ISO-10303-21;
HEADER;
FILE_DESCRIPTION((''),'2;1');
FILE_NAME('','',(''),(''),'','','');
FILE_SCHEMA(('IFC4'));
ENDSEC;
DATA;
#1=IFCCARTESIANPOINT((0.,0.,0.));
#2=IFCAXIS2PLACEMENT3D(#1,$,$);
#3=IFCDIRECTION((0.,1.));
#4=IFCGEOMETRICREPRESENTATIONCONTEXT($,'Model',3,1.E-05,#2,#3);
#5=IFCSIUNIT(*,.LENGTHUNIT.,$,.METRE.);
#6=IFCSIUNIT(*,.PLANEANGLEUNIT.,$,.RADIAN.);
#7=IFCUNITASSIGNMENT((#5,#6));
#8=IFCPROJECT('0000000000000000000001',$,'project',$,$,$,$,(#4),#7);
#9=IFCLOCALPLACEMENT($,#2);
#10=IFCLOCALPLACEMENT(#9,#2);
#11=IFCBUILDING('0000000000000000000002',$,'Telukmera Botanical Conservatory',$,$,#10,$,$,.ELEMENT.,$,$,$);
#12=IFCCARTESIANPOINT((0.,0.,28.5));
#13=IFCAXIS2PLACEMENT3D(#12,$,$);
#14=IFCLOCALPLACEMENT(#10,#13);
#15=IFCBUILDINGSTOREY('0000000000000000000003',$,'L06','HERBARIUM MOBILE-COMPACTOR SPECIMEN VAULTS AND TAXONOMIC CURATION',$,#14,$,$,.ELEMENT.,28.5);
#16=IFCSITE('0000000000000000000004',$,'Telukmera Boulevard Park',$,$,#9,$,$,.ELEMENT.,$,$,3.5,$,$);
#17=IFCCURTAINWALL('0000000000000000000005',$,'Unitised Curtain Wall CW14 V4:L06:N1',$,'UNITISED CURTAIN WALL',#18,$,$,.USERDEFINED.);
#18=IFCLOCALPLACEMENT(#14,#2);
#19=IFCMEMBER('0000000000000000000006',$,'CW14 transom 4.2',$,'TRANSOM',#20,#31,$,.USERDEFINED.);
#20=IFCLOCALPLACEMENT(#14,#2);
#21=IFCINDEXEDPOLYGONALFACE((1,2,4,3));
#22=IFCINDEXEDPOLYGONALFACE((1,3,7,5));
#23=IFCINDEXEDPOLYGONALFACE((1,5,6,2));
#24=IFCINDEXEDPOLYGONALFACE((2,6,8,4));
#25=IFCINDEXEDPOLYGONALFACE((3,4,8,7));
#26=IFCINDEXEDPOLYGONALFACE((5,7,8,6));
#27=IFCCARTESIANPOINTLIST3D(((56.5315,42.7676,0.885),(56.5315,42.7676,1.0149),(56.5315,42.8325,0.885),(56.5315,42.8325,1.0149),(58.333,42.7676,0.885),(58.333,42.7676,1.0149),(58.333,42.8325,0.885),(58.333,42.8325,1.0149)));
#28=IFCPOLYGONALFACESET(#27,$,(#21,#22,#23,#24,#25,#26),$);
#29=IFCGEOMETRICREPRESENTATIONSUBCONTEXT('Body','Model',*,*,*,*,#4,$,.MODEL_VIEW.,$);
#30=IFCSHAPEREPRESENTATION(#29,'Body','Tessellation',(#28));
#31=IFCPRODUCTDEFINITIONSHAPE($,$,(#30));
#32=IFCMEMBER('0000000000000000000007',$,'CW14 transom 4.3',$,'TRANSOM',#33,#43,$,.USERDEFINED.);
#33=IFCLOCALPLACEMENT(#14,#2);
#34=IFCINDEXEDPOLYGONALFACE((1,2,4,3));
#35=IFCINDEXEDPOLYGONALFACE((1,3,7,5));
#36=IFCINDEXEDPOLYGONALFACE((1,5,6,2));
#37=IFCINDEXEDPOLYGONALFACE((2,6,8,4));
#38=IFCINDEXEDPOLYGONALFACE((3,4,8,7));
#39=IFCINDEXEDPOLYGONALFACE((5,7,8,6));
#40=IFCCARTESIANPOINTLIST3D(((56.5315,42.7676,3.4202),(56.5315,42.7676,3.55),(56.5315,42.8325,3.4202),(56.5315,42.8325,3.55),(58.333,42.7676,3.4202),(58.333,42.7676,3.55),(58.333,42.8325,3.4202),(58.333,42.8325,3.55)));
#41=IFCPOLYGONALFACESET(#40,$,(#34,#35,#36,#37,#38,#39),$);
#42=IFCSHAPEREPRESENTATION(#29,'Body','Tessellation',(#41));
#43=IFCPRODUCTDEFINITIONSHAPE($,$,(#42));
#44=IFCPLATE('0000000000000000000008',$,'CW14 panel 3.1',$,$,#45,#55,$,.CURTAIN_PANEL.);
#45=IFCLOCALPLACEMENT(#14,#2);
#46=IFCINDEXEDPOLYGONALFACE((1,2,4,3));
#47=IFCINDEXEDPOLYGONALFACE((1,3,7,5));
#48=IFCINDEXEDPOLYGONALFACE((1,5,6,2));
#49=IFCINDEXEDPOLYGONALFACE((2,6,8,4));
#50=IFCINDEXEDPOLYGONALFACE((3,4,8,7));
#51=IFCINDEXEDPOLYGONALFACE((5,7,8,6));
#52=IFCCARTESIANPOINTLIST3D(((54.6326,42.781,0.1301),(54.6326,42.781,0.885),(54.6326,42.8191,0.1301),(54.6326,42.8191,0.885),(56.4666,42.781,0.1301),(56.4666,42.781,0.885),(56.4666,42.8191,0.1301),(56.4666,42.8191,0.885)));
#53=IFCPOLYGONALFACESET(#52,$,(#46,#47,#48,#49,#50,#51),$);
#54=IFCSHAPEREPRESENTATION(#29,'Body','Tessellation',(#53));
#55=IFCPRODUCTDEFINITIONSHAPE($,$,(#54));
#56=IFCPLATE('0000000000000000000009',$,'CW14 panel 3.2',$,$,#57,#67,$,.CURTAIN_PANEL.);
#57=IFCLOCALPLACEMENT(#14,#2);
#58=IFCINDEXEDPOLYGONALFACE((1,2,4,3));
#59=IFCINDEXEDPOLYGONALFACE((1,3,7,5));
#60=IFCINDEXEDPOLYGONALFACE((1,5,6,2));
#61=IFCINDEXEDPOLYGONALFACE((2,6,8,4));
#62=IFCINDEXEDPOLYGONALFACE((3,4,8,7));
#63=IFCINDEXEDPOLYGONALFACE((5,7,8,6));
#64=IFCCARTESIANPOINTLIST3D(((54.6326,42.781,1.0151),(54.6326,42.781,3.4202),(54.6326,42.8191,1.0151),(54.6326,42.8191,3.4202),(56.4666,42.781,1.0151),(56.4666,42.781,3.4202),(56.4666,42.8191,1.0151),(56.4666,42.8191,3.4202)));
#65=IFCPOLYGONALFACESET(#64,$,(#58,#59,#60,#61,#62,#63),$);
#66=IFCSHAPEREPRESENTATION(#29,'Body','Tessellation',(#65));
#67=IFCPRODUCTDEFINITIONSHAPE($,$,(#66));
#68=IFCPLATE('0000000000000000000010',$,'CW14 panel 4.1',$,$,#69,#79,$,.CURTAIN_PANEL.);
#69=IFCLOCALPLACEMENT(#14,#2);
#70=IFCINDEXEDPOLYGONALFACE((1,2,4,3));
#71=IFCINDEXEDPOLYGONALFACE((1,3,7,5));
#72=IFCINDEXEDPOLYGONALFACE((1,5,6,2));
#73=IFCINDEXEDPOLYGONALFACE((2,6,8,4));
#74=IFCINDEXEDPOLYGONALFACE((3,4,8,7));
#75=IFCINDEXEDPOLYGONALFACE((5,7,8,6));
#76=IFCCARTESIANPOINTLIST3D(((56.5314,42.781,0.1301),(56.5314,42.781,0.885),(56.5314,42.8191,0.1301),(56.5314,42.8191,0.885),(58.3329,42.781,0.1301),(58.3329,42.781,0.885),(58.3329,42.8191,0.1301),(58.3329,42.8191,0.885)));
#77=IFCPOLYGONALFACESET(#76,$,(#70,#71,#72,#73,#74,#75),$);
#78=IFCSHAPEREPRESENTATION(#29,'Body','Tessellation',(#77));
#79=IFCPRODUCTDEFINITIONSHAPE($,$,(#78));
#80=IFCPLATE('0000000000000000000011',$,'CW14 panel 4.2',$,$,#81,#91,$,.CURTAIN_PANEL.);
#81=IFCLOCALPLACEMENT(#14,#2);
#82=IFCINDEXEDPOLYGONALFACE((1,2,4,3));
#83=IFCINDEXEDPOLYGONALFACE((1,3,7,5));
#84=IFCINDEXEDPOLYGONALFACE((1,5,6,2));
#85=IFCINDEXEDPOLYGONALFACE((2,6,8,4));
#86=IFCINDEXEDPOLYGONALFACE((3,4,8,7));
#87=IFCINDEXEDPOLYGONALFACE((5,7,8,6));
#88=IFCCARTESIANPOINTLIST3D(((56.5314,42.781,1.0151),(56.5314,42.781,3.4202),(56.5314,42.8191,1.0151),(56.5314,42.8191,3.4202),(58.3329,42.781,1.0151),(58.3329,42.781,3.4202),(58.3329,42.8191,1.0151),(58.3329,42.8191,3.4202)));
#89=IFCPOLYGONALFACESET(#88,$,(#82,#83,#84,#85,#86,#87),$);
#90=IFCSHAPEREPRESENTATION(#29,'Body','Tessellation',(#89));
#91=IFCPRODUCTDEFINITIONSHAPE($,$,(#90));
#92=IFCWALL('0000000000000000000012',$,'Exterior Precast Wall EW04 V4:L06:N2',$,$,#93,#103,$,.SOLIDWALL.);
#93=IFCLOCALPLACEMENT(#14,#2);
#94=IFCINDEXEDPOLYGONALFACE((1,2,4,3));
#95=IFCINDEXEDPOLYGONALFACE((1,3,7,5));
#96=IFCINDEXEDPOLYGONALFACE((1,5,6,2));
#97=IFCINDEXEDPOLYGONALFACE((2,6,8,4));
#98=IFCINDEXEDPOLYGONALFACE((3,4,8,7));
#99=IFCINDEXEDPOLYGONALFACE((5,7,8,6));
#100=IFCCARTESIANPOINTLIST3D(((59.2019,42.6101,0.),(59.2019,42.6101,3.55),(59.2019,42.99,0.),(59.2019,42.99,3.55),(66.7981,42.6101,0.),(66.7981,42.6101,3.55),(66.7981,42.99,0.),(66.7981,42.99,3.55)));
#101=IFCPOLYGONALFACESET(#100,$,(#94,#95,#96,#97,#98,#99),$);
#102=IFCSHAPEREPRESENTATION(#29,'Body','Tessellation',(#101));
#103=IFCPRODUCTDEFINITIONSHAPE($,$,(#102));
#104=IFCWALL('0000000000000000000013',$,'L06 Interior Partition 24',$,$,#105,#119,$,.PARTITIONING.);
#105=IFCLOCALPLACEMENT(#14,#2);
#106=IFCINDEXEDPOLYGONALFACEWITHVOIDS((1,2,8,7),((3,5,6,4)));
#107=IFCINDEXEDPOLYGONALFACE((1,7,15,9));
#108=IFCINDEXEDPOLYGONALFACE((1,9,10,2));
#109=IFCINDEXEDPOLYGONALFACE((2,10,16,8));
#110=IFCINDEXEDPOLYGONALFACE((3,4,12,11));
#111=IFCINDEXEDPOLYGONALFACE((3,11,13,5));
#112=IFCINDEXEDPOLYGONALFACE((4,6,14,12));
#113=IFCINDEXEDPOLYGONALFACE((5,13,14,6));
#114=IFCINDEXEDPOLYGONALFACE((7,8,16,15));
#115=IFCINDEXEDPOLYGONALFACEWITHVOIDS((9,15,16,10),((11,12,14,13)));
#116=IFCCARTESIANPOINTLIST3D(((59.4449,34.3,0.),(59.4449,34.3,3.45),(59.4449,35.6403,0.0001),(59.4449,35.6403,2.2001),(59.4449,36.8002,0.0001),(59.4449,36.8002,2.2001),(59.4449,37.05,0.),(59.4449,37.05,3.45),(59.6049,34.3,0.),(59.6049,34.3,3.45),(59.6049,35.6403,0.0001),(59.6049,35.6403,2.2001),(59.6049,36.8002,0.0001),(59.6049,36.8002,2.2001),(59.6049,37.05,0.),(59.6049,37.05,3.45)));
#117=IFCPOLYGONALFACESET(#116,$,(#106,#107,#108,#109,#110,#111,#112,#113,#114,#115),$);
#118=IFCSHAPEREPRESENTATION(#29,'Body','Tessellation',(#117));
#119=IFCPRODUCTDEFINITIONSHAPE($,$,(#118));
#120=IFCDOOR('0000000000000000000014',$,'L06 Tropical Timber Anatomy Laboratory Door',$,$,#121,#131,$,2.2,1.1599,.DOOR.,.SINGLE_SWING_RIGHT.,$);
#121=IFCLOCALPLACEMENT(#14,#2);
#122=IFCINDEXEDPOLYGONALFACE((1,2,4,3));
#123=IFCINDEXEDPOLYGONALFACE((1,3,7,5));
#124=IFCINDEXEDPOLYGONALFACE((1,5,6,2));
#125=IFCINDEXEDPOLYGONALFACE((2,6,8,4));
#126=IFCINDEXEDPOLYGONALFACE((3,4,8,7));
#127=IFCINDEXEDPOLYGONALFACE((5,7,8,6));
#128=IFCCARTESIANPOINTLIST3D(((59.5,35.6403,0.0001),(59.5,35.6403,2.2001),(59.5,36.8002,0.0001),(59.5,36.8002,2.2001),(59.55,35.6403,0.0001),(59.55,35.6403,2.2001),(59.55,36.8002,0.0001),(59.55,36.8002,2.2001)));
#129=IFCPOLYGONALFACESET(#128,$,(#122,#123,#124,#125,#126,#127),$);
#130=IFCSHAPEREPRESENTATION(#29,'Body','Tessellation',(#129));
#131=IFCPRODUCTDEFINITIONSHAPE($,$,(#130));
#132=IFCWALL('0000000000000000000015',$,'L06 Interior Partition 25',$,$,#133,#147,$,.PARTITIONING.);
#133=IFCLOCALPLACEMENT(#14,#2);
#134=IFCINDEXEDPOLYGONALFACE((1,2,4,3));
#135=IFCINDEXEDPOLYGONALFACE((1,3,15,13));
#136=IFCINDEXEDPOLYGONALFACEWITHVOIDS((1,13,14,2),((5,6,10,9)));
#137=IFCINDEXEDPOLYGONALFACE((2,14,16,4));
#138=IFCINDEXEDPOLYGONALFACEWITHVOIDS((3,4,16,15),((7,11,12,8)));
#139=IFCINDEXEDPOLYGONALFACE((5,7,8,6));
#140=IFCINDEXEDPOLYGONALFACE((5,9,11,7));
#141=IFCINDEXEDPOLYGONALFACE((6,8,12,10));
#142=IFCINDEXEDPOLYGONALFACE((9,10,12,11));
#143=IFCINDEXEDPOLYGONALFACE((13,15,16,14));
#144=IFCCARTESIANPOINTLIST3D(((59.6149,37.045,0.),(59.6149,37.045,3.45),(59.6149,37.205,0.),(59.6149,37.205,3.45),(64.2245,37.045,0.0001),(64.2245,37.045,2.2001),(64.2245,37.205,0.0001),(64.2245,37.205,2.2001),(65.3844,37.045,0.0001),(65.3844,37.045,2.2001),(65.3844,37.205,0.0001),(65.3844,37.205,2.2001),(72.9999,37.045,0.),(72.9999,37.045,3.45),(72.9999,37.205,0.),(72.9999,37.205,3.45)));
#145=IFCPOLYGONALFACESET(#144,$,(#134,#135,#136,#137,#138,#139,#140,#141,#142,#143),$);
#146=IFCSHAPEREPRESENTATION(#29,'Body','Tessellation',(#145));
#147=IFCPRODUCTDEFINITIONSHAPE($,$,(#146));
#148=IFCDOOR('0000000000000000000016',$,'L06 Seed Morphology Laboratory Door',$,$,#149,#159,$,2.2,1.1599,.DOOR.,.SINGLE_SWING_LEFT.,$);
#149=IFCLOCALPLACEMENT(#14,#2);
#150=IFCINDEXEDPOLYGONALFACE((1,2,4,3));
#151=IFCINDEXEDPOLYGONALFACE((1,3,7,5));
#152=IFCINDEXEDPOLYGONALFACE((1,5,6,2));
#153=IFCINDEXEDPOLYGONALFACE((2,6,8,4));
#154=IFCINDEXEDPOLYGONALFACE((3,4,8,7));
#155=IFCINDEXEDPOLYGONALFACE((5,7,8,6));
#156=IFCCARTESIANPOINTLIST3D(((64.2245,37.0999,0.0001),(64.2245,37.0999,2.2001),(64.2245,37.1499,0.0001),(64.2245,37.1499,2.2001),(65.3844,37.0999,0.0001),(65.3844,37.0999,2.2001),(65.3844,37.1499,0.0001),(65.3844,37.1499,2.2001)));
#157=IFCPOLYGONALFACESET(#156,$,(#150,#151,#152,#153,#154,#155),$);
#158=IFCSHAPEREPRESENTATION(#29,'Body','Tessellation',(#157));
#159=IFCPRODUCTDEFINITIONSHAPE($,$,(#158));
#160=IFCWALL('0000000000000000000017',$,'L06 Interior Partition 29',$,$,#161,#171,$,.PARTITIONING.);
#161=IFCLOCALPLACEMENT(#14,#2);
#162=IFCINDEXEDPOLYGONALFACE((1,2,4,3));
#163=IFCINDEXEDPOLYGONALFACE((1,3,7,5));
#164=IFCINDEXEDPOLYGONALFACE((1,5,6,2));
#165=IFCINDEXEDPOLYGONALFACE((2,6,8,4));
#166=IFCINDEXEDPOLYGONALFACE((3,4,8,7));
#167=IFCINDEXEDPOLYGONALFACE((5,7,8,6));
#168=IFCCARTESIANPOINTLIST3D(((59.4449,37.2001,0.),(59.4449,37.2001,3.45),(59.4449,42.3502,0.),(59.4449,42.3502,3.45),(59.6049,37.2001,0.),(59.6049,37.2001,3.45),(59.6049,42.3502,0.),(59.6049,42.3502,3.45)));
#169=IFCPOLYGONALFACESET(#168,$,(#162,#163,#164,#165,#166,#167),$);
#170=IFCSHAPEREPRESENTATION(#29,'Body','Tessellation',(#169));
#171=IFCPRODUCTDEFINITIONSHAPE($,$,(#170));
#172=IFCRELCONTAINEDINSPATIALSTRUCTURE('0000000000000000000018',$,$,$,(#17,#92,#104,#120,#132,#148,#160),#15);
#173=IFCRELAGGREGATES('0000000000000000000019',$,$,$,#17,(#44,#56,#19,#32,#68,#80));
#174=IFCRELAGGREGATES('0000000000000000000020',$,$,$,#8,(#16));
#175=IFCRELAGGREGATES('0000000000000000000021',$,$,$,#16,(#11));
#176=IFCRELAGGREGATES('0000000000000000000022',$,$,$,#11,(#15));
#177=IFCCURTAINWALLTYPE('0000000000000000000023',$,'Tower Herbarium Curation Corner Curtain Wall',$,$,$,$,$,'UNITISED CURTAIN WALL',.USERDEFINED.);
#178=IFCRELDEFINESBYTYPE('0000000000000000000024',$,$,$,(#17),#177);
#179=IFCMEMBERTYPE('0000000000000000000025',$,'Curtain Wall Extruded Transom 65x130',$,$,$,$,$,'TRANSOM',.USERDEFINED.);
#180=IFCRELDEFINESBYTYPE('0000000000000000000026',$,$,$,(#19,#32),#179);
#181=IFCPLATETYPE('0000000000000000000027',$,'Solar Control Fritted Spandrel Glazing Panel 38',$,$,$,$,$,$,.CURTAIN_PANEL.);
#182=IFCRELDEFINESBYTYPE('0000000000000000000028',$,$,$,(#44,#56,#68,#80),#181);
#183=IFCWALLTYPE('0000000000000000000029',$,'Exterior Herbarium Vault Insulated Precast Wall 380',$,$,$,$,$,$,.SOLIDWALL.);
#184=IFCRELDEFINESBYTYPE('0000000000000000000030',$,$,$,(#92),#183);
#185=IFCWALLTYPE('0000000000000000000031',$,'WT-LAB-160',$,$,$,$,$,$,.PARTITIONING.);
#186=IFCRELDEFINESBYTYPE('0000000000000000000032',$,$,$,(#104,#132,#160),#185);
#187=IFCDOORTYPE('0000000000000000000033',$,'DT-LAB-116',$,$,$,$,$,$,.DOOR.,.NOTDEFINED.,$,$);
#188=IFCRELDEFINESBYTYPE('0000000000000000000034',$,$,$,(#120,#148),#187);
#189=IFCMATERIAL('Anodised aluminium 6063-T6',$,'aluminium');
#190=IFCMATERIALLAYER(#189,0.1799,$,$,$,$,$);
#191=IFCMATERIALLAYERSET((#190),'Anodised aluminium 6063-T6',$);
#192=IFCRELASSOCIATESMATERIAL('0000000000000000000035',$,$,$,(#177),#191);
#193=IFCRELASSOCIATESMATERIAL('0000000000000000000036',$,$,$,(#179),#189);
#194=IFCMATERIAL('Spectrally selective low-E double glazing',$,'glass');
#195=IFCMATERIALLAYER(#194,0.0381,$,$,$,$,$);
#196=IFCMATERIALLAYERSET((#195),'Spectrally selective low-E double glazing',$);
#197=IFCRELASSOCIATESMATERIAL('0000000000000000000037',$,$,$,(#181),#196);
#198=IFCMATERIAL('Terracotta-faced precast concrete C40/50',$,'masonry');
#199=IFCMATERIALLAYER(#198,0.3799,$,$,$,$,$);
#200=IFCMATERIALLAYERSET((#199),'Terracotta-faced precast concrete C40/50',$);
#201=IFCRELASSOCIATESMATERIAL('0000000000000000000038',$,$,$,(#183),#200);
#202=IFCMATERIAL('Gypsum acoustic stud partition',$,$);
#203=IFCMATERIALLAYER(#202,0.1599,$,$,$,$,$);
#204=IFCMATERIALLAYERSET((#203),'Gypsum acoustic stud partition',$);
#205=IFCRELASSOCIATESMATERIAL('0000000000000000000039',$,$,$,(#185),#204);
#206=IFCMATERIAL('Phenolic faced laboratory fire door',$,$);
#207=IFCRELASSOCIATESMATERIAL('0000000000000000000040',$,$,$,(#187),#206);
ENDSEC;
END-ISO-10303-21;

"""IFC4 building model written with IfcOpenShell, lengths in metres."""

from ifc_helpers import new_model, si_unit, direction, frame, frame_2d, origin, origin_2d, place, context, subcontext, project, spatial, rectangle, extrude, material, layer, layer_set, material_profile, profile_set, type_object, element, fill, aggregate, save


model = new_model("IFC4")

# Units and contexts
model_context = context("Model", 3, precision=1e-05, world=origin(), true_north=direction((0.0, 1.0)))
body_context = subcontext(model_context, "Body", "Model", "MODEL_VIEW")
ifc_project = project(units=[si_unit("LENGTHUNIT", "METRE"), si_unit("PLANEANGLEUNIT", "RADIAN")], contexts=[model_context])

# Site, building, storey
site_placement = place(None, origin())
site = spatial("IfcSite", under=ifc_project, at=site_placement, Name="Telukmera Boulevard Park", CompositionType="ELEMENT", RefElevation=3.5)
building_placement = place(site_placement, origin())
building = spatial("IfcBuilding", under=site, at=building_placement, Name="Telukmera Botanical Conservatory", CompositionType="ELEMENT")
storey_placement = place(building_placement, frame((0.0, 0.0, 28.5)))
storey = spatial("IfcBuildingStorey", under=building, at=storey_placement, Name="L06", Description="HERBARIUM MOBILE-COMPACTOR SPECIMEN VAULTS AND TAXONOMIC CURATION", CompositionType="ELEMENT", Elevation=28.5)

# Curtain wall, members, plates
ifc_material_1 = material(Name="Anodised aluminium 6063-T6", Category="aluminium")
ifc_layer_1 = layer(ifc_material_1, 0.1799)
ifc_layer_set_1 = layer_set([ifc_layer_1], Name="Anodised aluminium 6063-T6")
curtain_wall_type = type_object("IfcCurtainWallType", Name="Tower Herbarium Curation Corner Curtain Wall", ElementType="UNITISED CURTAIN WALL", PredefinedType="USERDEFINED", material=ifc_layer_set_1)
curtain_wall_placement = place(storey_placement, origin())
curtain_wall = element("IfcCurtainWall", 1, at=curtain_wall_placement, inside=storey, type_object=curtain_wall_type, Name="Unitised Curtain Wall CW14 V4:L06:N1", ObjectType="UNITISED CURTAIN WALL", PredefinedType="USERDEFINED")
ifc_material_profile_1 = material_profile(ifc_material_1, rectangle(XDim=0.0649, YDim=0.1299, at=origin_2d()), Name="ALU TRAN 65x130")
ifc_profile_set_1 = profile_set([ifc_material_profile_1], Name="Anodised aluminium 6063-T6")
member_type_1 = type_object("IfcMemberType", Name="Curtain Wall Extruded Transom 65x130", ElementType="TRANSOM", PredefinedType="USERDEFINED", material=ifc_profile_set_1)
member_1_placement = place(storey_placement, frame((56.5315, 42.8, 0.95), z_axis=(1.0, 0.0, 0.0), x_axis=(0.0, 1.0, 0.0)))
member_1 = element("IfcMember", 2, at=member_1_placement, type_object=member_type_1, Name="CW14 transom 4.2", ObjectType="TRANSOM", PredefinedType="USERDEFINED", context=body_context, shape_type="SweptSolid", body=[
    extrude(rectangle(XDim=0.0649, YDim=0.1299, at=origin_2d()), origin(), (0.0, 0.0, 1.0), 1.8015),
])
member_2_placement = place(storey_placement, frame((56.5315, 42.8, 3.4851), z_axis=(1.0, 0.0, 0.0), x_axis=(0.0, 1.0, 0.0)))
member_2 = element("IfcMember", 3, at=member_2_placement, type_object=member_type_1, Name="CW14 transom 4.3", ObjectType="TRANSOM", PredefinedType="USERDEFINED", context=body_context, shape_type="SweptSolid", body=[
    extrude(rectangle(XDim=0.0649, YDim=0.1299, at=origin_2d()), origin(), (0.0, 0.0, 1.0), 1.8015),
])
ifc_material_2 = material(Name="Spectrally selective low-E double glazing", Category="glass")
ifc_layer_2 = layer(ifc_material_2, 0.0381)
ifc_layer_set_2 = layer_set([ifc_layer_2], Name="Spectrally selective low-E double glazing")
plate_type = type_object("IfcPlateType", Name="Solar Control Fritted Spandrel Glazing Panel 38", PredefinedType="CURTAIN_PANEL", material=ifc_layer_set_2)
plate_1_placement = place(storey_placement, frame((55.5496, 42.8, 0.1301), z_axis=(0.0, 0.0, 1.0), x_axis=(1.0, 0.0, 0.0)))
plate_1 = element("IfcPlate", 4, at=plate_1_placement, type_object=plate_type, Name="CW14 panel 3.1", PredefinedType="CURTAIN_PANEL", context=body_context, shape_type="SweptSolid", body=[
    extrude(rectangle(XDim=1.834, YDim=0.0381, at=origin_2d()), origin(), (0.0, 0.0, 1.0), 0.7549),
])
plate_2_placement = place(storey_placement, frame((55.5496, 42.8, 1.0151), z_axis=(0.0, 0.0, 1.0), x_axis=(1.0, 0.0, 0.0)))
plate_2 = element("IfcPlate", 5, at=plate_2_placement, type_object=plate_type, Name="CW14 panel 3.2", PredefinedType="CURTAIN_PANEL", context=body_context, shape_type="SweptSolid", body=[
    extrude(rectangle(XDim=1.834, YDim=0.0381, at=origin_2d()), origin(), (0.0, 0.0, 1.0), 2.405),
])
plate_3_placement = place(storey_placement, frame((57.4321, 42.8, 0.1301), z_axis=(0.0, 0.0, 1.0), x_axis=(1.0, 0.0, 0.0)))
plate_3 = element("IfcPlate", 6, at=plate_3_placement, type_object=plate_type, Name="CW14 panel 4.1", PredefinedType="CURTAIN_PANEL", context=body_context, shape_type="SweptSolid", body=[
    extrude(rectangle(XDim=1.8015, YDim=0.0381, at=origin_2d()), origin(), (0.0, 0.0, 1.0), 0.7549),
])
plate_4_placement = place(storey_placement, frame((57.4321, 42.8, 1.0151), z_axis=(0.0, 0.0, 1.0), x_axis=(1.0, 0.0, 0.0)))
plate_4 = element("IfcPlate", 7, at=plate_4_placement, type_object=plate_type, Name="CW14 panel 4.2", PredefinedType="CURTAIN_PANEL", context=body_context, shape_type="SweptSolid", body=[
    extrude(rectangle(XDim=1.8015, YDim=0.0381, at=origin_2d()), origin(), (0.0, 0.0, 1.0), 2.405),
])
aggregate(curtain_wall, [plate_1, plate_2, member_1, member_2, plate_3, plate_4])

# Wall
ifc_material_3 = material(Name="Terracotta-faced precast concrete C40/50", Category="masonry")
ifc_layer_3 = layer(ifc_material_3, 0.3799)
ifc_layer_set_3 = layer_set([ifc_layer_3], Name="Terracotta-faced precast concrete C40/50")
wall_type_1 = type_object("IfcWallType", Name="Exterior Herbarium Vault Insulated Precast Wall 380", PredefinedType="SOLIDWALL", material=ifc_layer_set_3)
wall_1_placement = place(storey_placement, frame((59.2019, 42.8, 0.0), z_axis=(0.0, 0.0, 1.0), x_axis=(1.0, 0.0, 0.0)))
element("IfcWall", 8, at=wall_1_placement, inside=storey, type_object=wall_type_1, Name="Exterior Precast Wall EW04 V4:L06:N2", PredefinedType="SOLIDWALL", context=body_context, shape_type="SweptSolid", body=[
    extrude(rectangle(XDim=7.5962, YDim=0.3799, at=frame_2d((3.7981, 0.0))), origin(), (0.0, 0.0, 1.0), 3.55),
])

# Walls, openings, doors
ifc_material_4 = material(Name="Gypsum acoustic stud partition")
ifc_layer_4 = layer(ifc_material_4, 0.1599)
ifc_layer_set_4 = layer_set([ifc_layer_4], Name="Gypsum acoustic stud partition")
wall_type_2 = type_object("IfcWallType", Name="WT-LAB-160", PredefinedType="PARTITIONING", material=ifc_layer_set_4)
wall_2_placement = place(storey_placement, frame((59.5249, 34.3, 0.0), z_axis=(0.0, 0.0, 1.0), x_axis=(0.0, 1.0, 0.0)))
wall_2 = element("IfcWall", 9, at=wall_2_placement, inside=storey, type_object=wall_type_2, Name="L06 Interior Partition 24", PredefinedType="PARTITIONING", context=body_context, shape_type="SweptSolid", body=[
    extrude(rectangle(XDim=2.75, YDim=0.1599, at=frame_2d((1.375, 0.0))), origin(), (0.0, 0.0, 1.0), 3.45),
])
opening_1_placement = place(wall_2_placement, frame((1.3401, 0.0, 0.0)))
opening_1 = element("IfcOpeningElement", 10, at=opening_1_placement, cuts=wall_2, PredefinedType="OPENING", context=body_context, shape_type="SweptSolid", body=[
    extrude(rectangle(XDim=1.1599, YDim=2.2, at=frame_2d((0.5801, 1.1001))), frame((0.0, 0.0898, 0.0), z_axis=(0.0, -1.0, 0.0), x_axis=(1.0, 0.0, 0.0)), (0.0, 0.0, 1.0), 0.1799),
])
ifc_material_5 = material(Name="Phenolic faced laboratory fire door")
door_type = type_object("IfcDoorType", Name="DT-LAB-116", OperationType="NOTDEFINED", PredefinedType="DOOR", material=ifc_material_5)
door_1_placement = place(opening_1_placement, origin())
door_1 = element("IfcDoor", 11, at=door_1_placement, inside=storey, type_object=door_type, Name="L06 Tropical Timber Anatomy Laboratory Door", OperationType="SINGLE_SWING_RIGHT", OverallHeight=2.2, OverallWidth=1.1599, PredefinedType="DOOR", context=body_context, shape_type="SweptSolid", body=[
    extrude(rectangle(XDim=1.1599, YDim=2.2, at=frame_2d((0.5801, 1.1001))), frame((0.0, 0.0249, 0.0), z_axis=(0.0, -1.0, 0.0), x_axis=(1.0, 0.0, 0.0)), (0.0, 0.0, 1.0), 0.05),
])
fill(opening_1, door_1)
wall_3_placement = place(storey_placement, frame((59.615, 37.125, 0.0), z_axis=(0.0, 0.0, 1.0), x_axis=(1.0, 0.0, 0.0)))
wall_3 = element("IfcWall", 12, at=wall_3_placement, inside=storey, type_object=wall_type_2, Name="L06 Interior Partition 25", PredefinedType="PARTITIONING", context=body_context, shape_type="SweptSolid", body=[
    extrude(rectangle(XDim=13.385, YDim=0.1599, at=frame_2d((6.6924, 0.0))), origin(), (0.0, 0.0, 1.0), 3.45),
])
opening_2_placement = place(wall_3_placement, frame((4.6094, 0.0, 0.0)))
opening_2 = element("IfcOpeningElement", 13, at=opening_2_placement, cuts=wall_3, PredefinedType="OPENING", context=body_context, shape_type="SweptSolid", body=[
    extrude(rectangle(XDim=1.1599, YDim=2.2, at=frame_2d((0.5801, 1.1001))), frame((0.0, 0.0898, 0.0), z_axis=(0.0, -1.0, 0.0), x_axis=(1.0, 0.0, 0.0)), (0.0, 0.0, 1.0), 0.1799),
])
door_2_placement = place(opening_2_placement, origin())
door_2 = element("IfcDoor", 14, at=door_2_placement, inside=storey, type_object=door_type, Name="L06 Seed Morphology Laboratory Door", OperationType="SINGLE_SWING_LEFT", OverallHeight=2.2, OverallWidth=1.1599, PredefinedType="DOOR", context=body_context, shape_type="SweptSolid", body=[
    extrude(rectangle(XDim=1.1599, YDim=2.2, at=frame_2d((0.5801, 1.1001))), frame((0.0, 0.0249, 0.0), z_axis=(0.0, -1.0, 0.0), x_axis=(1.0, 0.0, 0.0)), (0.0, 0.0, 1.0), 0.05),
])
fill(opening_2, door_2)

# Wall
wall_4_placement = place(storey_placement, frame((59.5249, 37.2, 0.0), z_axis=(0.0, 0.0, 1.0), x_axis=(0.0, 1.0, 0.0)))
element("IfcWall", 15, at=wall_4_placement, inside=storey, type_object=wall_type_2, Name="L06 Interior Partition 29", PredefinedType="PARTITIONING", context=body_context, shape_type="SweptSolid", body=[
    extrude(rectangle(XDim=5.1501, YDim=0.1599, at=frame_2d((2.5752, 0.0))), origin(), (0.0, 0.0, 1.0), 3.45),
])

save(model, "model.ifc")
